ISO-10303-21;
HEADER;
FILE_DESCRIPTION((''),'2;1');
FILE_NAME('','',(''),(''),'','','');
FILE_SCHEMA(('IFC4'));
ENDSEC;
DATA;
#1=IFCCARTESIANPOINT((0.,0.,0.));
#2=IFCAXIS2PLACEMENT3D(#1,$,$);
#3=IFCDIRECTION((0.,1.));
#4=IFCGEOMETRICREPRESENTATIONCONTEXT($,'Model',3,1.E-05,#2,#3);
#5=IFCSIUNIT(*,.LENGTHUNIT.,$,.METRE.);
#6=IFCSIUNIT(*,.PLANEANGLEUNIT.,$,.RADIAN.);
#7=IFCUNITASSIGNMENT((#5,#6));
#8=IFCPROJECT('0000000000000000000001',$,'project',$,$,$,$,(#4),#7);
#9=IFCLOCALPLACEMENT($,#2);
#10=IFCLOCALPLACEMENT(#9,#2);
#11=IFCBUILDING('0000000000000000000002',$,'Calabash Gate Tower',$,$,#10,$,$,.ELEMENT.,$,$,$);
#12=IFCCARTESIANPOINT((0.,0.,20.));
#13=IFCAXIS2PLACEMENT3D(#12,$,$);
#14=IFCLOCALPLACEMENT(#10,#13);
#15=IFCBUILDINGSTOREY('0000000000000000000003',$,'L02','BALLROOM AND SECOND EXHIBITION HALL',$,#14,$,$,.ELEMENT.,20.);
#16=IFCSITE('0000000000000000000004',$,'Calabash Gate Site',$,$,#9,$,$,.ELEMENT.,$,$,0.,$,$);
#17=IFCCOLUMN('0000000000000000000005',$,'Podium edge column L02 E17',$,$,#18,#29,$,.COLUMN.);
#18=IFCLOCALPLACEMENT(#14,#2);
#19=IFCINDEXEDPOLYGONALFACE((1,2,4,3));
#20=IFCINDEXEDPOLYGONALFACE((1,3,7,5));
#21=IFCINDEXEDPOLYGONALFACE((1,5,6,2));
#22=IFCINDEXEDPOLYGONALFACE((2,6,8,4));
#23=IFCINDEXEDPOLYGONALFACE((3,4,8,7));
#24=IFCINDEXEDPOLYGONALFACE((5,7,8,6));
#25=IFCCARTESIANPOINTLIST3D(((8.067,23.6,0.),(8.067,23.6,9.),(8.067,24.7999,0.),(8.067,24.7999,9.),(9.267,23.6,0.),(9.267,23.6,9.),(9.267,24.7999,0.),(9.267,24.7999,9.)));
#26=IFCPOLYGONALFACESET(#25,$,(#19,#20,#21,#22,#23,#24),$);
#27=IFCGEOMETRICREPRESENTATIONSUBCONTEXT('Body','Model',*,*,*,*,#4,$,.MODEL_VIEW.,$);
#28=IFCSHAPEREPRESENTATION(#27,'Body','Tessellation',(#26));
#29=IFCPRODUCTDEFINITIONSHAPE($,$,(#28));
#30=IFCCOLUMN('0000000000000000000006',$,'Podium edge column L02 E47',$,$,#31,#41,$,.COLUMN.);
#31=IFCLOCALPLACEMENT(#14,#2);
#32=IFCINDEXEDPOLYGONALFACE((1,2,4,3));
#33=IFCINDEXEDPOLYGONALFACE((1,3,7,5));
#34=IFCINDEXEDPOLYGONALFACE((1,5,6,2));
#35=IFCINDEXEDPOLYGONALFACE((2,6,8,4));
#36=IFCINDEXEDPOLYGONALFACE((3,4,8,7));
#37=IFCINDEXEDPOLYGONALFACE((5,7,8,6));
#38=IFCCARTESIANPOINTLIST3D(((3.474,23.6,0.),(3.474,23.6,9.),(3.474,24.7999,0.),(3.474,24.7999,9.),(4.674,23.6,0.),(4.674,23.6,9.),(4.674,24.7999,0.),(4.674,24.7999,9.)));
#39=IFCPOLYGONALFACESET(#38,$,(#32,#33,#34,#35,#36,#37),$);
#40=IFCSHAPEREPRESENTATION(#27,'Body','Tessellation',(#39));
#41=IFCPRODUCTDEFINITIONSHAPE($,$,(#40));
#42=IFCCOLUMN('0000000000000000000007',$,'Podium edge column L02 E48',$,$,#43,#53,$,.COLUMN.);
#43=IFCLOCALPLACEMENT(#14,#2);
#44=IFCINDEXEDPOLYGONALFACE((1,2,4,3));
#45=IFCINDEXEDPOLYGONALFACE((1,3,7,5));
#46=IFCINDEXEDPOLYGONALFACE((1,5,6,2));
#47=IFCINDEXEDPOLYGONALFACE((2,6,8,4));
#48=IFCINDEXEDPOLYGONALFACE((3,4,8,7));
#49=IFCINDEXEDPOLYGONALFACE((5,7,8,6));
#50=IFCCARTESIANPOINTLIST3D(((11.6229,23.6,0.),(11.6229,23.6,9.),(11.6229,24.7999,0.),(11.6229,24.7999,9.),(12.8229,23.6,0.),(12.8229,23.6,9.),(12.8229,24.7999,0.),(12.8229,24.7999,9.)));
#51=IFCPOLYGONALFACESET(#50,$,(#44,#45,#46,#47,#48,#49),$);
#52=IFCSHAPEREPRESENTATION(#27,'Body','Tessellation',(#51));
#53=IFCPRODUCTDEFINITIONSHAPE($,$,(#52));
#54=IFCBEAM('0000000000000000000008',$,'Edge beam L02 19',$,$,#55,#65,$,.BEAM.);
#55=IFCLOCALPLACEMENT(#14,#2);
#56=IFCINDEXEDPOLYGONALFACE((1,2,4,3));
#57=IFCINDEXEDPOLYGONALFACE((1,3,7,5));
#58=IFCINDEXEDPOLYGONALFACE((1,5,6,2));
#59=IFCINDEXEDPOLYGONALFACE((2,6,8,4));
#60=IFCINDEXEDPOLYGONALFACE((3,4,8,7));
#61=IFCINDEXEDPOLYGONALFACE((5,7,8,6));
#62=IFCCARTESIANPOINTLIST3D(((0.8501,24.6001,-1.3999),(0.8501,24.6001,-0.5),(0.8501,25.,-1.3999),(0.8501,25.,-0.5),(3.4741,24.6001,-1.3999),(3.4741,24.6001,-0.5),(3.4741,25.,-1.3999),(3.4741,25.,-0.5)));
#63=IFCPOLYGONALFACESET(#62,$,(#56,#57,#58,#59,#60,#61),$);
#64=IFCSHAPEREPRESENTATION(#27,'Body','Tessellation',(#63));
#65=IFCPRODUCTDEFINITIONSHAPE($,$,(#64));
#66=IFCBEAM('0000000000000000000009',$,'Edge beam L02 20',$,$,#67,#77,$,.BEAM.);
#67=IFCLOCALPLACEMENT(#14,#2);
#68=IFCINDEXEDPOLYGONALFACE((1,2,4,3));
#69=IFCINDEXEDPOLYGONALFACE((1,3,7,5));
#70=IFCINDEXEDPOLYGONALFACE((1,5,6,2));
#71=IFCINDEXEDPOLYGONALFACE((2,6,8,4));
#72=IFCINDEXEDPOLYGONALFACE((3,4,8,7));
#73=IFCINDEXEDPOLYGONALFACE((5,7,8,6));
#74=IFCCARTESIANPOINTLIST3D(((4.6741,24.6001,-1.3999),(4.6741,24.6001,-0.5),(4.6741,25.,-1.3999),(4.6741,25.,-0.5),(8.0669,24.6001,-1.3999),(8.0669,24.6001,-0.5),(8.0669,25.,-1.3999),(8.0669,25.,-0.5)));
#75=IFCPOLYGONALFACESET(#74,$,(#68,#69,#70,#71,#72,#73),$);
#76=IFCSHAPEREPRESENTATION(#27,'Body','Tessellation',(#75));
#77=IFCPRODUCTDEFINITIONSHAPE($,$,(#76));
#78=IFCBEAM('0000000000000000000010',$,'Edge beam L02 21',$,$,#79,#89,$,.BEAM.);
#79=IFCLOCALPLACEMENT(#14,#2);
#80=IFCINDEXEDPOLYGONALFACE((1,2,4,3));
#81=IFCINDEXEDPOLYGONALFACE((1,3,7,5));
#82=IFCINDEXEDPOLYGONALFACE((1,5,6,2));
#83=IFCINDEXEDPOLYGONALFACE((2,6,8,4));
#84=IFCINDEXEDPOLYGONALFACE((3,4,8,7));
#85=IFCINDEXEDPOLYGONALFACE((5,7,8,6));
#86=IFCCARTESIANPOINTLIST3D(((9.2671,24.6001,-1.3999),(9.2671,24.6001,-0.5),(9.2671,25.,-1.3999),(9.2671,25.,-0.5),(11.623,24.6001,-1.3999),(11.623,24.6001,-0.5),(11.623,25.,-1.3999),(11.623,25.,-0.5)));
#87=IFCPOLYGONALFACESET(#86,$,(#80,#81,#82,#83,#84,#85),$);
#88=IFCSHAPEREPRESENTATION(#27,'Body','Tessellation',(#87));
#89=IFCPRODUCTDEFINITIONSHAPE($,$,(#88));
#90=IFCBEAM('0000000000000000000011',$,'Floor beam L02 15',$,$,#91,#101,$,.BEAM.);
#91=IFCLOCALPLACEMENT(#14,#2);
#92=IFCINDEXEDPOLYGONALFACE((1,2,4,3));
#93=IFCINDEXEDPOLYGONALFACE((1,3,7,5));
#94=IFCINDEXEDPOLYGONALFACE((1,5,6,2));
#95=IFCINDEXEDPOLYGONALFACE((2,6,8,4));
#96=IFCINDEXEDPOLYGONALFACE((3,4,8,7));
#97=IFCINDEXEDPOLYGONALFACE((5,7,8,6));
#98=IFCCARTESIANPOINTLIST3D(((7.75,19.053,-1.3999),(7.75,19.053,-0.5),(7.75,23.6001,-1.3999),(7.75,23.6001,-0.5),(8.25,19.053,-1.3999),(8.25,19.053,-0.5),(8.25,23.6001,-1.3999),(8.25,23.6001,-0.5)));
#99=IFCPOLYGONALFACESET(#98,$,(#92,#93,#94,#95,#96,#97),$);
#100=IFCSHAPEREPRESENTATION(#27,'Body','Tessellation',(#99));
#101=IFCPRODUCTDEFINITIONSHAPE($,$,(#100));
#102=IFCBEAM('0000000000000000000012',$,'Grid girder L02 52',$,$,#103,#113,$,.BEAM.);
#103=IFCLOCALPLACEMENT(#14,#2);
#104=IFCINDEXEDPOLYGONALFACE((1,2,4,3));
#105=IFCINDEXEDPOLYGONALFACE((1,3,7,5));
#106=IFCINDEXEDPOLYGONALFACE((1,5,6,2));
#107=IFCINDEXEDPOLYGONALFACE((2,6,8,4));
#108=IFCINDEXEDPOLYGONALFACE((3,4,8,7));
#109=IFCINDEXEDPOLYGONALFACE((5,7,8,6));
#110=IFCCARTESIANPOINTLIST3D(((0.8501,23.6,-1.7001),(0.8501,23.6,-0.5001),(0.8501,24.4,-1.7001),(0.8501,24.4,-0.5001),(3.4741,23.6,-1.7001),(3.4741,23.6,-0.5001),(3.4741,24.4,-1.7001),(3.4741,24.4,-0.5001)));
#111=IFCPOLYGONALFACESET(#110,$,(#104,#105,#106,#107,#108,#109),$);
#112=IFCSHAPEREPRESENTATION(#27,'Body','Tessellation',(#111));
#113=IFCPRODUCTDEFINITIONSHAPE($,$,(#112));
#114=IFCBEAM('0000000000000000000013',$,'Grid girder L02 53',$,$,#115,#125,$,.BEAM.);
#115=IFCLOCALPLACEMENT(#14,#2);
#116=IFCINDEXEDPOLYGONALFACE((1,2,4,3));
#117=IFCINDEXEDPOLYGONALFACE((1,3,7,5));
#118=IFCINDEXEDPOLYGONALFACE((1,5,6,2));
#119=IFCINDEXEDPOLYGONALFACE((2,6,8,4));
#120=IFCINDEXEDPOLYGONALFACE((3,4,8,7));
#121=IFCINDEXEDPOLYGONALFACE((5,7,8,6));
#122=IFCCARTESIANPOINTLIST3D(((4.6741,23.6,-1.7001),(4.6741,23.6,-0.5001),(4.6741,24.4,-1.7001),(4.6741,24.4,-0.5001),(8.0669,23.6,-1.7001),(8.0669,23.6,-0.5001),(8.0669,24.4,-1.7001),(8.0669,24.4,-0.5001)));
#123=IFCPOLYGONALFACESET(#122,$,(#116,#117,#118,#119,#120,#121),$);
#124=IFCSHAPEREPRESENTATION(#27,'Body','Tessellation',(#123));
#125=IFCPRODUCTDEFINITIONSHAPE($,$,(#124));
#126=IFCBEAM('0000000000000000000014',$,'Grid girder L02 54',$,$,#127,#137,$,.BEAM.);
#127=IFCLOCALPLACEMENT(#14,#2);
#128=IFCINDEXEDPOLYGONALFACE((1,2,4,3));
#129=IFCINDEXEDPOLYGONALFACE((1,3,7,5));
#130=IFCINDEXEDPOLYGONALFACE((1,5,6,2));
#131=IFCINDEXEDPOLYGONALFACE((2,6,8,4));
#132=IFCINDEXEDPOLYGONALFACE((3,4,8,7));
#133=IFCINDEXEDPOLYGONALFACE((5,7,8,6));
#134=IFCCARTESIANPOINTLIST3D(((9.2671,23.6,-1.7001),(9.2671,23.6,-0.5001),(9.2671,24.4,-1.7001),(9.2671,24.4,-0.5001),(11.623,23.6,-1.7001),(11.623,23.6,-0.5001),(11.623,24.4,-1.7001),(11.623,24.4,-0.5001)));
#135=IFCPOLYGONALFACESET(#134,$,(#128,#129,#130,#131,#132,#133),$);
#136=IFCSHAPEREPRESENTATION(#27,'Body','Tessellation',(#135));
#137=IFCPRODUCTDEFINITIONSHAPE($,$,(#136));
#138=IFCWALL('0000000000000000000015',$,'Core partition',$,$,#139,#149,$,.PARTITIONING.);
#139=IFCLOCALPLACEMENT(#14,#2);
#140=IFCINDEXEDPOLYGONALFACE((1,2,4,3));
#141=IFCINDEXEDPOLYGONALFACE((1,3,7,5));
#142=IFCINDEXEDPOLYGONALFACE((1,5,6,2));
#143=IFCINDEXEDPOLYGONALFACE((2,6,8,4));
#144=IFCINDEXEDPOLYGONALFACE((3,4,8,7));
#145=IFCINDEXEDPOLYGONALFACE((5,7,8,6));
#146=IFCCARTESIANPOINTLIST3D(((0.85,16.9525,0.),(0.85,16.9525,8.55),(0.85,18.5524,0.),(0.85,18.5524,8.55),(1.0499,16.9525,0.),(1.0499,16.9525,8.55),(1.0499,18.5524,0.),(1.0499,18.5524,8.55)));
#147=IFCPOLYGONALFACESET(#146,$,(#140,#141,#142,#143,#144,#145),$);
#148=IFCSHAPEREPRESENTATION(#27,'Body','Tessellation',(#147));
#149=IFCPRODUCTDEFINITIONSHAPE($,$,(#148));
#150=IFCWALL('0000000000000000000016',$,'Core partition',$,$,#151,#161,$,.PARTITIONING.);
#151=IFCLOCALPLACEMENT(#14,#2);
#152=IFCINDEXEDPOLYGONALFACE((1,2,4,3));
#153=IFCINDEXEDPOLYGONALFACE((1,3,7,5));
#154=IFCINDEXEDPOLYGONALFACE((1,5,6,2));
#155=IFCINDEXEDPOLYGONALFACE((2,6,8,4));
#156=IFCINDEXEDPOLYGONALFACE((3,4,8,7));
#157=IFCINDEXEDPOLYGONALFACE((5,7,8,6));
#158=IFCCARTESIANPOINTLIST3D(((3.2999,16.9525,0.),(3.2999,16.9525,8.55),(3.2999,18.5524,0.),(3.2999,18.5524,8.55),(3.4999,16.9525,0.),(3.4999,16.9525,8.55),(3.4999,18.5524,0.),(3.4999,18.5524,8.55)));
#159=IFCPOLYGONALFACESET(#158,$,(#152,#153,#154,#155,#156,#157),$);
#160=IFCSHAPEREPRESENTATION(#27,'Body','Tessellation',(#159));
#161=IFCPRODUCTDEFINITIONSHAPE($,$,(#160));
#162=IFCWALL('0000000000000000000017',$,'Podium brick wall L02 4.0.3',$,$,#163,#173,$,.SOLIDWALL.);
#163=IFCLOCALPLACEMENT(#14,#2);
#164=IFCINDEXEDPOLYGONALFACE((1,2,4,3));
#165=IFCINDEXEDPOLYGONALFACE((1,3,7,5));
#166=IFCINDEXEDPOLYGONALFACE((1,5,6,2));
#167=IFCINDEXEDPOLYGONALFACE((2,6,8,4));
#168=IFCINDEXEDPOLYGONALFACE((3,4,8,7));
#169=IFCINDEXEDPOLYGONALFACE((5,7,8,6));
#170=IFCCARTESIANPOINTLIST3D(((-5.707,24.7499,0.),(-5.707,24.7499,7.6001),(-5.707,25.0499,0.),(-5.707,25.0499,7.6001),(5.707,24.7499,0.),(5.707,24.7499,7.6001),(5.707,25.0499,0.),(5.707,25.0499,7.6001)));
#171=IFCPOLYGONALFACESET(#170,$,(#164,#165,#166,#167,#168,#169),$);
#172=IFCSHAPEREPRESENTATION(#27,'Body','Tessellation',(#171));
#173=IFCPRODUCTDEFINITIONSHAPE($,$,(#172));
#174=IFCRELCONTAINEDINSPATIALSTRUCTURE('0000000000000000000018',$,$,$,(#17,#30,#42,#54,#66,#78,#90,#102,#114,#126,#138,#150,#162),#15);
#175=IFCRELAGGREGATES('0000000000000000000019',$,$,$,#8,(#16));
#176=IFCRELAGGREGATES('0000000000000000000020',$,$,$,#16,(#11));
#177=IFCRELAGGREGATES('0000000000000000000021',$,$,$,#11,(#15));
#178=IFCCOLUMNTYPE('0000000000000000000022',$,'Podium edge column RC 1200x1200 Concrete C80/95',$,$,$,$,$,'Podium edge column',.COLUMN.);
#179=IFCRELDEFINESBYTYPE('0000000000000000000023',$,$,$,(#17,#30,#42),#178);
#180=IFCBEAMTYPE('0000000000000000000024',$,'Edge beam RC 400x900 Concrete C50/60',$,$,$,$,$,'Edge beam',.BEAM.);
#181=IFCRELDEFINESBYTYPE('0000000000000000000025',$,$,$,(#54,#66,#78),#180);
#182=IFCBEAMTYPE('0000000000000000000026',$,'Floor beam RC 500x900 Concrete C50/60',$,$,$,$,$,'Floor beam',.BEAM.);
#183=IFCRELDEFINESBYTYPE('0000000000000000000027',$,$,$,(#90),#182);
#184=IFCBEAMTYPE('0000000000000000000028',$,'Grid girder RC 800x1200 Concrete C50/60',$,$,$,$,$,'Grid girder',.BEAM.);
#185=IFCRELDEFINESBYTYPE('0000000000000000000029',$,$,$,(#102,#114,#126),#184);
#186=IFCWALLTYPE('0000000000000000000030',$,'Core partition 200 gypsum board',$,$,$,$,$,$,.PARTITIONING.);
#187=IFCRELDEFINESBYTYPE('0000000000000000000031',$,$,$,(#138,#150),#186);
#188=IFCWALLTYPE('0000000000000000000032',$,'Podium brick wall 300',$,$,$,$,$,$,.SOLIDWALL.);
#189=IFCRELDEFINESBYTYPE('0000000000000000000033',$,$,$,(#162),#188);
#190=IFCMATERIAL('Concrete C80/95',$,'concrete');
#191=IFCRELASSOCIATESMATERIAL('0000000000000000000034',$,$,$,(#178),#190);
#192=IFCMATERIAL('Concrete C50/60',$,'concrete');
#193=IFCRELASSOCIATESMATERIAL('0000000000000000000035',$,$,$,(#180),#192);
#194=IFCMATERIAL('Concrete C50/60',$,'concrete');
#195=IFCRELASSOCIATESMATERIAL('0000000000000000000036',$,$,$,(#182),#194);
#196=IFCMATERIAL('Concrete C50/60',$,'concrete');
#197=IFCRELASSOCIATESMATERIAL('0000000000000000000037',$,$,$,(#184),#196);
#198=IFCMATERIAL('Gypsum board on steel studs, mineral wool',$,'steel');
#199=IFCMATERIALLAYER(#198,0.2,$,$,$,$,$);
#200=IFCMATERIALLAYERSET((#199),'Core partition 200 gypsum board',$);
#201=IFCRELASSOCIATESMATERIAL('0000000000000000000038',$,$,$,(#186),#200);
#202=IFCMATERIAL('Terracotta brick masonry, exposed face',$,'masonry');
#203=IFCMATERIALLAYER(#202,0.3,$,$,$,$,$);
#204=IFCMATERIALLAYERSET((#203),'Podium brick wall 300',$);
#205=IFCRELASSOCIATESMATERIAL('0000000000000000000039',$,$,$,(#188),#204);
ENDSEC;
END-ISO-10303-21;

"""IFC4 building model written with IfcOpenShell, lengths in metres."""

from ifc_helpers import new_model, si_unit, direction, frame, frame_2d, origin, origin_2d, place, context, subcontext, project, spatial, rectangle, extrude, material, layer, layer_set, material_profile, profile_set, type_object, element, save


model = new_model("IFC4")

# Units and contexts
model_context = context("Model", 3, precision=1e-05, world=origin(), true_north=direction((0.0, 1.0)))
body_context = subcontext(model_context, "Body", "Model", "MODEL_VIEW")
ifc_project = project(units=[si_unit("LENGTHUNIT", "METRE"), si_unit("PLANEANGLEUNIT", "RADIAN")], contexts=[model_context])

# Site, building, storey
site_placement = place(None, origin())
site = spatial("IfcSite", under=ifc_project, at=site_placement, Name="Calabash Gate Site", CompositionType="ELEMENT", RefElevation=0.0)
building_placement = place(site_placement, origin())
building = spatial("IfcBuilding", under=site, at=building_placement, Name="Calabash Gate Tower", CompositionType="ELEMENT")
storey_placement = place(building_placement, frame((0.0, 0.0, 20.0)))
storey = spatial("IfcBuildingStorey", under=building, at=storey_placement, Name="L02", Description="BALLROOM AND SECOND EXHIBITION HALL", CompositionType="ELEMENT", Elevation=20.0)

# Columns
ifc_material_1 = material(Name="Concrete C80/95", Category="concrete")
ifc_material_profile_1 = material_profile(ifc_material_1, rectangle(XDim=1.2, YDim=1.2, at=origin_2d()))
ifc_profile_set_1 = profile_set([ifc_material_profile_1], Name="Concrete C80/95")
column_type = type_object("IfcColumnType", Name="Podium edge column RC 1200x1200 Concrete C80/95", ElementType="Podium edge column", PredefinedType="COLUMN", material=ifc_profile_set_1)
for number, where, z_axis, x_axis, name in (
    (1, (8.667, 24.2, 0.0), (0.0, 0.0, 1.0), (1.0, 0.0, 0.0), "Podium edge column L02 E17"),
    (2, (4.074, 24.2, 0.0), (0.0, 0.0, 1.0), (1.0, 0.0, 0.0), "Podium edge column L02 E47"),
    (3, (12.2229, 24.2, 0.0), (0.0, 0.0, 1.0), (1.0, 0.0, 0.0), "Podium edge column L02 E48"),
):
    element("IfcColumn", number, at=place(storey_placement, frame(where, z_axis=z_axis, x_axis=x_axis)), inside=storey, type_object=column_type, Name=name, PredefinedType="COLUMN", context=body_context, shape_type="SweptSolid", body=[
        extrude(rectangle(XDim=1.2, YDim=1.2, at=origin_2d()), origin(), (0.0, 0.0, 1.0), 9.0),
    ])

# Beams
ifc_material_2 = material(Name="Concrete C50/60", Category="concrete")
ifc_material_profile_2 = material_profile(ifc_material_2, rectangle(XDim=0.3999, YDim=0.8999, at=origin_2d()))
ifc_profile_set_2 = profile_set([ifc_material_profile_2], Name="Concrete C50/60")
beam_type_1 = type_object("IfcBeamType", Name="Edge beam RC 400x900 Concrete C50/60", ElementType="Edge beam", PredefinedType="BEAM", material=ifc_profile_set_2)
beam_1_placement = place(storey_placement, frame((0.8501, 24.8, -0.95), z_axis=(1.0, 0.0, 0.0), x_axis=(0.0, 1.0, 0.0)))
element("IfcBeam", 4, at=beam_1_placement, inside=storey, type_object=beam_type_1, Name="Edge beam L02 19", PredefinedType="BEAM", context=body_context, shape_type="SweptSolid", body=[
    extrude(rectangle(XDim=0.3999, YDim=0.8999, at=origin_2d()), origin(), (0.0, 0.0, 1.0), 2.624),
])
beam_2_placement = place(storey_placement, frame((4.6741, 24.8, -0.95), z_axis=(1.0, 0.0, 0.0), x_axis=(0.0, 1.0, 0.0)))
element("IfcBeam", 5, at=beam_2_placement, inside=storey, type_object=beam_type_1, Name="Edge beam L02 20", PredefinedType="BEAM", context=body_context, shape_type="SweptSolid", body=[
    extrude(rectangle(XDim=0.3999, YDim=0.8999, at=origin_2d()), origin(), (0.0, 0.0, 1.0), 3.3928),
])
beam_3_placement = place(storey_placement, frame((9.2671, 24.8, -0.95), z_axis=(1.0, 0.0, 0.0), x_axis=(0.0, 1.0, 0.0)))
element("IfcBeam", 6, at=beam_3_placement, inside=storey, type_object=beam_type_1, Name="Edge beam L02 21", PredefinedType="BEAM", context=body_context, shape_type="SweptSolid", body=[
    extrude(rectangle(XDim=0.3999, YDim=0.8999, at=origin_2d()), origin(), (0.0, 0.0, 1.0), 2.356),
])
ifc_material_3 = material(Name="Concrete C50/60", Category="concrete")
ifc_material_profile_3 = material_profile(ifc_material_3, rectangle(XDim=0.5, YDim=0.8999, at=origin_2d()))
ifc_profile_set_3 = profile_set([ifc_material_profile_3], Name="Concrete C50/60")
beam_type_2 = type_object("IfcBeamType", Name="Floor beam RC 500x900 Concrete C50/60", ElementType="Floor beam", PredefinedType="BEAM", material=ifc_profile_set_3)
beam_4_placement = place(storey_placement, frame((8.0, 19.053, -0.95), z_axis=(0.0, 1.0, 0.0), x_axis=(-1.0, 0.0, 0.0)))
element("IfcBeam", 7, at=beam_4_placement, inside=storey, type_object=beam_type_2, Name="Floor beam L02 15", PredefinedType="BEAM", context=body_context, shape_type="SweptSolid", body=[
    extrude(rectangle(XDim=0.5, YDim=0.8999, at=origin_2d()), origin(), (0.0, 0.0, 1.0), 4.5471),
])
ifc_material_4 = material(Name="Concrete C50/60", Category="concrete")
ifc_material_profile_4 = material_profile(ifc_material_4, rectangle(XDim=0.8, YDim=1.2, at=origin_2d()))
ifc_profile_set_4 = profile_set([ifc_material_profile_4], Name="Concrete C50/60")
beam_type_3 = type_object("IfcBeamType", Name="Grid girder RC 800x1200 Concrete C50/60", ElementType="Grid girder", PredefinedType="BEAM", material=ifc_profile_set_4)
beam_5_placement = place(storey_placement, frame((0.8501, 24.0, -1.1001), z_axis=(1.0, 0.0, 0.0), x_axis=(0.0, 1.0, 0.0)))
element("IfcBeam", 8, at=beam_5_placement, inside=storey, type_object=beam_type_3, Name="Grid girder L02 52", PredefinedType="BEAM", context=body_context, shape_type="SweptSolid", body=[
    extrude(rectangle(XDim=0.8, YDim=1.2, at=origin_2d()), origin(), (0.0, 0.0, 1.0), 2.624),
])
beam_6_placement = place(storey_placement, frame((4.6741, 24.0, -1.1001), z_axis=(1.0, 0.0, 0.0), x_axis=(0.0, 1.0, 0.0)))
element("IfcBeam", 9, at=beam_6_placement, inside=storey, type_object=beam_type_3, Name="Grid girder L02 53", PredefinedType="BEAM", context=body_context, shape_type="SweptSolid", body=[
    extrude(rectangle(XDim=0.8, YDim=1.2, at=origin_2d()), origin(), (0.0, 0.0, 1.0), 3.3928),
])
beam_7_placement = place(storey_placement, frame((9.2671, 24.0, -1.1001), z_axis=(1.0, 0.0, 0.0), x_axis=(0.0, 1.0, 0.0)))
element("IfcBeam", 10, at=beam_7_placement, inside=storey, type_object=beam_type_3, Name="Grid girder L02 54", PredefinedType="BEAM", context=body_context, shape_type="SweptSolid", body=[
    extrude(rectangle(XDim=0.8, YDim=1.2, at=origin_2d()), origin(), (0.0, 0.0, 1.0), 2.356),
])

# Walls
ifc_material_5 = material(Name="Gypsum board on steel studs, mineral wool", Category="steel")
ifc_layer_1 = layer(ifc_material_5, 0.2)
ifc_layer_set_1 = layer_set([ifc_layer_1], Name="Core partition 200 gypsum board")
wall_type_1 = type_object("IfcWallType", Name="Core partition 200 gypsum board", PredefinedType="PARTITIONING", material=ifc_layer_set_1)
for number, where, z_axis, x_axis, name in (
    (11, (0.95, 16.9526, 0.0), (0.0, 0.0, 1.0), (0.0, 1.0, 0.0), "Core partition"),
    (12, (3.3999, 16.9526, 0.0), (0.0, 0.0, 1.0), (0.0, 1.0, 0.0), "Core partition"),
):
    element("IfcWall", number, at=place(storey_placement, frame(where, z_axis=z_axis, x_axis=x_axis)), inside=storey, type_object=wall_type_1, Name=name, PredefinedType="PARTITIONING", context=body_context, shape_type="SweptSolid", body=[
        extrude(rectangle(XDim=1.5999, YDim=0.2, at=frame_2d((0.7998, 0.0))), origin(), (0.0, 0.0, 1.0), 8.55),
    ])
ifc_material_6 = material(Name="Terracotta brick masonry, exposed face", Category="masonry")
ifc_layer_2 = layer(ifc_material_6, 0.3)
ifc_layer_set_2 = layer_set([ifc_layer_2], Name="Podium brick wall 300")
wall_type_2 = type_object("IfcWallType", Name="Podium brick wall 300", PredefinedType="SOLIDWALL", material=ifc_layer_set_2)
wall_1_placement = place(storey_placement, frame((5.707, 24.8999, 0.0), z_axis=(0.0, 0.0, 1.0), x_axis=(-1.0, 0.0, 0.0)))
element("IfcWall", 13, at=wall_1_placement, inside=storey, type_object=wall_type_2, Name="Podium brick wall L02 4.0.3", PredefinedType="SOLIDWALL", context=body_context, shape_type="SweptSolid", body=[
    extrude(rectangle(XDim=11.4141, YDim=0.3, at=frame_2d((5.707, 0.0))), origin(), (0.0, 0.0, 1.0), 7.6001),
])

save(model, "model.ifc")
